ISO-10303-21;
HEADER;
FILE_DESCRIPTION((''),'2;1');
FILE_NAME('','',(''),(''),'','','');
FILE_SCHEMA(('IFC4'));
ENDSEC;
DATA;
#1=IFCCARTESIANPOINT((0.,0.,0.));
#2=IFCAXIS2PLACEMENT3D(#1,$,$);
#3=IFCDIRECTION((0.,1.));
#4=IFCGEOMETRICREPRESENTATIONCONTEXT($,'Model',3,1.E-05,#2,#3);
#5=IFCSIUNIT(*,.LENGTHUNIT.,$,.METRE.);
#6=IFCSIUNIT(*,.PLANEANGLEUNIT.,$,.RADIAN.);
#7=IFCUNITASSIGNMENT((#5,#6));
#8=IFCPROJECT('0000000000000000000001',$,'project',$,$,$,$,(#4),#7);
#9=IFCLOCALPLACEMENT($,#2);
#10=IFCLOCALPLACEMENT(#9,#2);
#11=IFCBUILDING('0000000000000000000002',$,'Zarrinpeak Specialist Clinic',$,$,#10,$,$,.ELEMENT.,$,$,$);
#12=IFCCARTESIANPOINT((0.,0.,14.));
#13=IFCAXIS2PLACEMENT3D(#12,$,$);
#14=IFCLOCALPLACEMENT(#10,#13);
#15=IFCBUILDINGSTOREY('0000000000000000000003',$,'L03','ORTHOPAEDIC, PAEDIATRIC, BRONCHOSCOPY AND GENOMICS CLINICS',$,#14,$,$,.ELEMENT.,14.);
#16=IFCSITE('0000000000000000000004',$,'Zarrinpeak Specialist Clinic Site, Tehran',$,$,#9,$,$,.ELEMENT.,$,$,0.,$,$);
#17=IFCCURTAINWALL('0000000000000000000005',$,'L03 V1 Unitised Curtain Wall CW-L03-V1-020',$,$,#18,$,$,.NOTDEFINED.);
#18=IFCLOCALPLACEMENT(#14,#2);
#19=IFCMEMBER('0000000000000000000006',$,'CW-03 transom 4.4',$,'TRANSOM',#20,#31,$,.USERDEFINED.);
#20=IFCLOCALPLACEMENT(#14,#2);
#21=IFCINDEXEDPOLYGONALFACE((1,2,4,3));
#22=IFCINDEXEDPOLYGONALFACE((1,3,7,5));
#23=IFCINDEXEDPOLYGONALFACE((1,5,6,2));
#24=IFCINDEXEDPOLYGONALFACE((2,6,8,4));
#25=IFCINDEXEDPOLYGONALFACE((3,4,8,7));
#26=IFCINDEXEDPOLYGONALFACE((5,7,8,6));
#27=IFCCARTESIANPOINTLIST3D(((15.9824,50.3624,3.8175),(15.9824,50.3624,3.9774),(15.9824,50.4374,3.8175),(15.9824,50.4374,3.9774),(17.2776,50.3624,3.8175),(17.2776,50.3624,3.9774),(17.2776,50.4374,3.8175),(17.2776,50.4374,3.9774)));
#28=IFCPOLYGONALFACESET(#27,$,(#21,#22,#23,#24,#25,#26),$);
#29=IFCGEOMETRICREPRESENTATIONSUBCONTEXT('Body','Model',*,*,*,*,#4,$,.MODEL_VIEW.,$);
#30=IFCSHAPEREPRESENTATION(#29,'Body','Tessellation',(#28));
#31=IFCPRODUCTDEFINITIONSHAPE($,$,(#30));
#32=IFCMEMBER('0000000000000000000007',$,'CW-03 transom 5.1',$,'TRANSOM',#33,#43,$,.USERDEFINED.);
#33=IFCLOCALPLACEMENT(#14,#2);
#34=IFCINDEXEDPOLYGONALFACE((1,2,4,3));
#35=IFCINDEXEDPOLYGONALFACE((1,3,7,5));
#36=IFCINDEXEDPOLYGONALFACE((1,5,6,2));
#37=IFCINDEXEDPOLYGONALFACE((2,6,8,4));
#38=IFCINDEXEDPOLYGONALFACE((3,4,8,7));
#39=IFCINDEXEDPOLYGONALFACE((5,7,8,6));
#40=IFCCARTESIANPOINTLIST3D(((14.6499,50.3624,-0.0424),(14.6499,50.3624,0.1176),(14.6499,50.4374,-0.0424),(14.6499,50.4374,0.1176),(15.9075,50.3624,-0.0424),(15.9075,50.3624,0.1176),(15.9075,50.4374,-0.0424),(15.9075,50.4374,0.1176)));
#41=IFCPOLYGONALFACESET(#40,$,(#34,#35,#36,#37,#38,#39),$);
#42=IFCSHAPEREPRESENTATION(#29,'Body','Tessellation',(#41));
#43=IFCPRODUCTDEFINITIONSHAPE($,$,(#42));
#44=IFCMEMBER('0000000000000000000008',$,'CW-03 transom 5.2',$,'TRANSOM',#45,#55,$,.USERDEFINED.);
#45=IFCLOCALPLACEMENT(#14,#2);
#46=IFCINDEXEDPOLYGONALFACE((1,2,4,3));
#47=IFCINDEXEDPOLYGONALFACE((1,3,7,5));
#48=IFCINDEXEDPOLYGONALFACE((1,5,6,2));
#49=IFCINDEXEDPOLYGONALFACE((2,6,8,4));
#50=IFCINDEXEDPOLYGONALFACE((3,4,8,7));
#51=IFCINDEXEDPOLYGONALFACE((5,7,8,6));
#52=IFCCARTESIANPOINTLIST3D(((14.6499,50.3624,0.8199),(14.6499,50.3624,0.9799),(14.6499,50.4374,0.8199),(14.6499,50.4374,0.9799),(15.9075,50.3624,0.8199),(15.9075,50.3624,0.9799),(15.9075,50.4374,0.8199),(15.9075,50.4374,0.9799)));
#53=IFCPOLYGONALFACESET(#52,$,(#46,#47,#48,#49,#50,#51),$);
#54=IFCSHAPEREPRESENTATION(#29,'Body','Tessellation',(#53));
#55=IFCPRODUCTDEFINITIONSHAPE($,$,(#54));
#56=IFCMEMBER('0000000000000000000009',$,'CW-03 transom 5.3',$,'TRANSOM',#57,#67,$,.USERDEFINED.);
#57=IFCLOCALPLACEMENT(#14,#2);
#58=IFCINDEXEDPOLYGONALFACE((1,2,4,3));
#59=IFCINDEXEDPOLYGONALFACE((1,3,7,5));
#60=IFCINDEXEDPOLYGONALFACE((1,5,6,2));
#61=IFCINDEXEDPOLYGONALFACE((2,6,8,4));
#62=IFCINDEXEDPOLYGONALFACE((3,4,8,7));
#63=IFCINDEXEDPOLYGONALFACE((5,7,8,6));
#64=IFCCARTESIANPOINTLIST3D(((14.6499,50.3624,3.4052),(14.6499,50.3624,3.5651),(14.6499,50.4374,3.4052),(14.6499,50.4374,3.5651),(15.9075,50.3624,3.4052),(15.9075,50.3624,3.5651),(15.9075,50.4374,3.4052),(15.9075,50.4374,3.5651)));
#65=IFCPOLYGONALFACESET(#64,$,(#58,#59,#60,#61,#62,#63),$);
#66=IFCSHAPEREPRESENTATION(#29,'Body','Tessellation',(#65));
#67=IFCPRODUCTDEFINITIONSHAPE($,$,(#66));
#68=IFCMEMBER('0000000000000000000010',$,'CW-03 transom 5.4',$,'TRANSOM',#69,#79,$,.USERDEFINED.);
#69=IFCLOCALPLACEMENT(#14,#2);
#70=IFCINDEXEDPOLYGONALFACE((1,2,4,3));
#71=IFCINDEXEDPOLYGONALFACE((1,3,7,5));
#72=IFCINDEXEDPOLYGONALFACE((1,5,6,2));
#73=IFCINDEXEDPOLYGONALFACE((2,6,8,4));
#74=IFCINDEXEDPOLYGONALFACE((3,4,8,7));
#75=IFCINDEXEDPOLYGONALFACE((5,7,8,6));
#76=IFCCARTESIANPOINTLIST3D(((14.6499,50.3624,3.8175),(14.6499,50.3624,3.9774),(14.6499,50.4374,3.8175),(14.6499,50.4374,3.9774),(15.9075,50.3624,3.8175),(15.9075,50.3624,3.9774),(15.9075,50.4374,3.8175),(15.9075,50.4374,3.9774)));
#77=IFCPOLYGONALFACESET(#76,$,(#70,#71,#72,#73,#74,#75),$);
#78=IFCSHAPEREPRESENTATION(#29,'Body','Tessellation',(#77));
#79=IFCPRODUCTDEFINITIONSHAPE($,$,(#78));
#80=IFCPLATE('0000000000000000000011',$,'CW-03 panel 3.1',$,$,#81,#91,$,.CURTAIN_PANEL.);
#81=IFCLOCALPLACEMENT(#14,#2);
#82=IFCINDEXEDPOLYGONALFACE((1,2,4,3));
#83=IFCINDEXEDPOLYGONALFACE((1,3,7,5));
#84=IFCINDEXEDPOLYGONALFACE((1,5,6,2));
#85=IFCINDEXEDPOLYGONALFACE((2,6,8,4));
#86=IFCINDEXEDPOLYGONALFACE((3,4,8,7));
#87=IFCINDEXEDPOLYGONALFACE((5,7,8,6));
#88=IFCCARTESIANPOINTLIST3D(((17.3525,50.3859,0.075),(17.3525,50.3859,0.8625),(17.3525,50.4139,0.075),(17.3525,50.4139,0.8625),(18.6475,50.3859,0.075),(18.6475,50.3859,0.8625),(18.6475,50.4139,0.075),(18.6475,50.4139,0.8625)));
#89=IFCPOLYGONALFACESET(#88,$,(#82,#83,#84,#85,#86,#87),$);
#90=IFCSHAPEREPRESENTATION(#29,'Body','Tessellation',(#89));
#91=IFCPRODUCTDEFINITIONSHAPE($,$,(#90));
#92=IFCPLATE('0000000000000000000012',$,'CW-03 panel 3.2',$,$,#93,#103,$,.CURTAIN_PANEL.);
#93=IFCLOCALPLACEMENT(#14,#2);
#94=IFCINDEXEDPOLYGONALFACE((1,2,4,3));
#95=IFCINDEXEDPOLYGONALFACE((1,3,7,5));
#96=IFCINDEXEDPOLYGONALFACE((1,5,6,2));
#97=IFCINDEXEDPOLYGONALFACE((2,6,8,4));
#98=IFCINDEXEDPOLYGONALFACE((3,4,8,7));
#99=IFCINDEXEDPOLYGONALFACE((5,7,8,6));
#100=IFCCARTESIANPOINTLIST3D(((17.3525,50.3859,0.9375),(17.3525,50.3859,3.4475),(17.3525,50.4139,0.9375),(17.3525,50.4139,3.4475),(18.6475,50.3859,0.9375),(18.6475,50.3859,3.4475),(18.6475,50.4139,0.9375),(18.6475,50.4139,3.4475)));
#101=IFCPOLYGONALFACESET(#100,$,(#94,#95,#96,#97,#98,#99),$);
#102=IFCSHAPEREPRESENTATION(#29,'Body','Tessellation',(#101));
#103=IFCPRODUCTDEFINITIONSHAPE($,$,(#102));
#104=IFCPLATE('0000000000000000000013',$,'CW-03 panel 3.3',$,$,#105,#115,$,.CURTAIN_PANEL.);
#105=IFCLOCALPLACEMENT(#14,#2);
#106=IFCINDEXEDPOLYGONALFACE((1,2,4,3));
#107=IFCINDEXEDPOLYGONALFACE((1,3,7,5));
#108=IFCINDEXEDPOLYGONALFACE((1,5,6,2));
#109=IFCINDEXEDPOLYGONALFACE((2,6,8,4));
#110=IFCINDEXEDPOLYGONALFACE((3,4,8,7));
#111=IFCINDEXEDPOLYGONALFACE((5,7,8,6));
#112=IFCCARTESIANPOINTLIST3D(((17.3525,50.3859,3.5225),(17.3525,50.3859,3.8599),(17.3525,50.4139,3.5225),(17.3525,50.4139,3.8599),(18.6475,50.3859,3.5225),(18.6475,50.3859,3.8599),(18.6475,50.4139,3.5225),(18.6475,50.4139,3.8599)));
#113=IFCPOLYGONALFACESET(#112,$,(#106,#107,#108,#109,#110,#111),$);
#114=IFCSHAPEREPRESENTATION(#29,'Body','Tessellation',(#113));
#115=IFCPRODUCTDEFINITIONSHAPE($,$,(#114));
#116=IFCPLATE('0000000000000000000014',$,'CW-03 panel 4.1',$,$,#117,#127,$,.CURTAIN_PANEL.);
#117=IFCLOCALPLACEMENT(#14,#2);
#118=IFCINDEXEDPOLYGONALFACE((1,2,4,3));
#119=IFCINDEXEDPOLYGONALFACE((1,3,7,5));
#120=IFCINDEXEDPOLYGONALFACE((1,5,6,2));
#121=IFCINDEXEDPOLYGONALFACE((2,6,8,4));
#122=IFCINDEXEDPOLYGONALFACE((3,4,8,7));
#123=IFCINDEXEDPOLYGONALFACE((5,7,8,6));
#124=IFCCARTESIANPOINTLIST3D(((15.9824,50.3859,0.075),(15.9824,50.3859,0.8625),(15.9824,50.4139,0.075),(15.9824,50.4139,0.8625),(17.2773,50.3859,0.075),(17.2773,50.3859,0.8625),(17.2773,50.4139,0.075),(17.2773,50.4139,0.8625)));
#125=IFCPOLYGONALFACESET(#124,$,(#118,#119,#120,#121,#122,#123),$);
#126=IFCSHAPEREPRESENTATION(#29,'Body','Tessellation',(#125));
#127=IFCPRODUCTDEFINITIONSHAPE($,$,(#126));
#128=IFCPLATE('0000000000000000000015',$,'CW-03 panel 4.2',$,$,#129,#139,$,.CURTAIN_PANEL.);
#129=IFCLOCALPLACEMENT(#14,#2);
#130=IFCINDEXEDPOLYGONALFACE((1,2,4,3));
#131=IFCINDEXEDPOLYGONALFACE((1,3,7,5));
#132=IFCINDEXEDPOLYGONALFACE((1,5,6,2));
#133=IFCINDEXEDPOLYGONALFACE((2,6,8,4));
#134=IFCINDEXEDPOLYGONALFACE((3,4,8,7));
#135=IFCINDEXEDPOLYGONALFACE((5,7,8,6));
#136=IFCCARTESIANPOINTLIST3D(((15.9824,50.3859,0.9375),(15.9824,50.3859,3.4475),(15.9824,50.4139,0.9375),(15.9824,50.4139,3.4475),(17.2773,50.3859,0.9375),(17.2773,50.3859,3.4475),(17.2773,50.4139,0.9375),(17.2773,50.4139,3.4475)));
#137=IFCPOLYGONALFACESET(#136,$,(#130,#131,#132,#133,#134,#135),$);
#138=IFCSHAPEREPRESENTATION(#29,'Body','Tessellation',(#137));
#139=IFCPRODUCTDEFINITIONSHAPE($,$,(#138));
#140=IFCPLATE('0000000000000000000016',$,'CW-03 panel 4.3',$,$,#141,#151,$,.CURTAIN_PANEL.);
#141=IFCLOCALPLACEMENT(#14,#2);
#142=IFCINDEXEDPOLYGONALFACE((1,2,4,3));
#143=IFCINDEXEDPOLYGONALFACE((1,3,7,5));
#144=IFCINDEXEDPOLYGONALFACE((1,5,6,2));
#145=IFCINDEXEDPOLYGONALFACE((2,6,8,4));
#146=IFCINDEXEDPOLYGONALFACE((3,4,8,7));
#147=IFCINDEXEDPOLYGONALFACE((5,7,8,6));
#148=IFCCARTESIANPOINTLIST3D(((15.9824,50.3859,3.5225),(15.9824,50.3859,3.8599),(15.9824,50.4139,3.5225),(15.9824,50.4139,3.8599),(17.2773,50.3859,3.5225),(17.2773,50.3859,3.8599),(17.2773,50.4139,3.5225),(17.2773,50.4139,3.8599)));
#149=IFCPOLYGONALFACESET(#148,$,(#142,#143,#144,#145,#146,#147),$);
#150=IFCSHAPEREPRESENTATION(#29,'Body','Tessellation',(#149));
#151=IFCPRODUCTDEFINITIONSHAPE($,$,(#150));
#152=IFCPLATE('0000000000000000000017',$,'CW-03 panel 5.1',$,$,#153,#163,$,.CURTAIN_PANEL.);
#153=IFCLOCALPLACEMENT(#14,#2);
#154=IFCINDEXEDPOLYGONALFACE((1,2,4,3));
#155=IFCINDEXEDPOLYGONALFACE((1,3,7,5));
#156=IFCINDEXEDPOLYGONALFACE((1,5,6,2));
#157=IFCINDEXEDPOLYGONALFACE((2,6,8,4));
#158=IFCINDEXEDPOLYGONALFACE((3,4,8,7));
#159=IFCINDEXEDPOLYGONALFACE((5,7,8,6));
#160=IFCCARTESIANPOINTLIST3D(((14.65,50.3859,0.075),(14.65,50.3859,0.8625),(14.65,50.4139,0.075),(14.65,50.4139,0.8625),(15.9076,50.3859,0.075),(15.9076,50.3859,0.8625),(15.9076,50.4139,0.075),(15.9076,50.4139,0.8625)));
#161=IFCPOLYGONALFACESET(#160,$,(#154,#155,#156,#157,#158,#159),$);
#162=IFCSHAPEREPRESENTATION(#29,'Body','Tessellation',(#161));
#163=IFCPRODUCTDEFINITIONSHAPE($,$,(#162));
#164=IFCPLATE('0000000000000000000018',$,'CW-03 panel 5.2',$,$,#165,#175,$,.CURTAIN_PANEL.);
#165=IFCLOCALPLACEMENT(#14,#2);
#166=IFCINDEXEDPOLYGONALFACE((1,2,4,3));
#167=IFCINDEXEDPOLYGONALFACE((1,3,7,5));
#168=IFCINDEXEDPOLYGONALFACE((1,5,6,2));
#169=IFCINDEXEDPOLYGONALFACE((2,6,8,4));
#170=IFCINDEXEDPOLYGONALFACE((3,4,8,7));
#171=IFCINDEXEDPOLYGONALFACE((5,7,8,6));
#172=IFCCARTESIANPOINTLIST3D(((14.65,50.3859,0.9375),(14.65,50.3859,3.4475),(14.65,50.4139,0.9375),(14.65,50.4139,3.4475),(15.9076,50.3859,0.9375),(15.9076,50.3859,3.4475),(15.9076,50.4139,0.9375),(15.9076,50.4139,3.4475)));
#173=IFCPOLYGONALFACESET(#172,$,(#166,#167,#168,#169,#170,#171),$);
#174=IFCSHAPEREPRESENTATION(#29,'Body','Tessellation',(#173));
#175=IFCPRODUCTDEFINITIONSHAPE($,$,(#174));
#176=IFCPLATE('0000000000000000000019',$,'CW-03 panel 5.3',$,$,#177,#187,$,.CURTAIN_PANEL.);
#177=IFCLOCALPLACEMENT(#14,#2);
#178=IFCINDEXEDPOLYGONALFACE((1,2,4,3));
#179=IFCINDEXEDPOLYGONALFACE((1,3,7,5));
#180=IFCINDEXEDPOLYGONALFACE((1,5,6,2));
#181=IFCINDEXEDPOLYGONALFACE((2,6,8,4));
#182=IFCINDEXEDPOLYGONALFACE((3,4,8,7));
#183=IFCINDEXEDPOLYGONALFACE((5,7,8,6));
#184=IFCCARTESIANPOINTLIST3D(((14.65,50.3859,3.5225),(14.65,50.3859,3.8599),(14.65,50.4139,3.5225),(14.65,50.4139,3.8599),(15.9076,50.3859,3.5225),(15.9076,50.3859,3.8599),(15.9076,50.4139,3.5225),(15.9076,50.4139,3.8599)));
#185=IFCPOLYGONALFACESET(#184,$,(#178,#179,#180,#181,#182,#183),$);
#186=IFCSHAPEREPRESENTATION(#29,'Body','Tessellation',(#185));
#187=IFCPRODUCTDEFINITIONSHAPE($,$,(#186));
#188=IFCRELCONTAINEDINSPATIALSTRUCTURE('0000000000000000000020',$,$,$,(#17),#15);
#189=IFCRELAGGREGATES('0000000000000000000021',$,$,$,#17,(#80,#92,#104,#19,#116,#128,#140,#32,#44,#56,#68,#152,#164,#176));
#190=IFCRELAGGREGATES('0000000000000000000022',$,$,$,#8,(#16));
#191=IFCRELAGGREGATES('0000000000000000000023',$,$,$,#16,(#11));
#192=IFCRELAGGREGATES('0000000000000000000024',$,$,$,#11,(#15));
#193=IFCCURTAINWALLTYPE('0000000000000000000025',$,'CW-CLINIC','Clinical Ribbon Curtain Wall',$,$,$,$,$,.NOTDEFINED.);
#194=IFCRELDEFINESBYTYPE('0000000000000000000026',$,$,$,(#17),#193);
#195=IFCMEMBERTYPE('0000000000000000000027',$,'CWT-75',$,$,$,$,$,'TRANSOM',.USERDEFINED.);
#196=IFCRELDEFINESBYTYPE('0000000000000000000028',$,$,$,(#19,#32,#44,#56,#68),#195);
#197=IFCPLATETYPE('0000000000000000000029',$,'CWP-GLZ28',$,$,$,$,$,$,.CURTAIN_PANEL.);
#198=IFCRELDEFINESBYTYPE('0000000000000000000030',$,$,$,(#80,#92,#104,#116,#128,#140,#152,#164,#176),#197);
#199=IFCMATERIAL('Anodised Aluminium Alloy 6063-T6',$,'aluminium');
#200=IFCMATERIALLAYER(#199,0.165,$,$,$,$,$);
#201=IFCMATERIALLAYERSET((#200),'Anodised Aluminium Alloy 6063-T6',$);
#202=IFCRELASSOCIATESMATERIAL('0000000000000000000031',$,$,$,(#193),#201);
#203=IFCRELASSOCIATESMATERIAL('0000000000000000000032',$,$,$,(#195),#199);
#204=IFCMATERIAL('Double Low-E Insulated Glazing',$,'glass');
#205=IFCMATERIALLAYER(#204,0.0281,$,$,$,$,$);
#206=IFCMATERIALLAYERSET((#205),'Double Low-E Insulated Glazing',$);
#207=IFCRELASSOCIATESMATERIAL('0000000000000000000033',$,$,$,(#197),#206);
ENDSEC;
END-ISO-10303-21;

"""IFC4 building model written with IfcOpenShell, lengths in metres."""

from ifc_helpers import new_model, si_unit, direction, frame, origin, origin_2d, place, context, subcontext, project, spatial, rectangle, extrude, material, layer, layer_set, material_profile, profile_set, type_object, element, aggregate, save


model = new_model("IFC4")

# Units and contexts
model_context = context("Model", 3, precision=1e-05, world=origin(), true_north=direction((0.0, 1.0)))
body_context = subcontext(model_context, "Body", "Model", "MODEL_VIEW")
ifc_project = project(units=[si_unit("LENGTHUNIT", "METRE"), si_unit("PLANEANGLEUNIT", "RADIAN")], contexts=[model_context])

# Site, building, storey
site_placement = place(None, origin())
site = spatial("IfcSite", under=ifc_project, at=site_placement, Name="Zarrinpeak Specialist Clinic Site, Tehran", CompositionType="ELEMENT", RefElevation=0.0)
building_placement = place(site_placement, origin())
building = spatial("IfcBuilding", under=site, at=building_placement, Name="Zarrinpeak Specialist Clinic", CompositionType="ELEMENT")
storey_placement = place(building_placement, frame((0.0, 0.0, 14.0)))
storey = spatial("IfcBuildingStorey", under=building, at=storey_placement, Name="L03", Description="ORTHOPAEDIC, PAEDIATRIC, BRONCHOSCOPY AND GENOMICS CLINICS", CompositionType="ELEMENT", Elevation=14.0)

# Shared definitions
ifc_material_1 = material(Name="Anodised Aluminium Alloy 6063-T6", Category="aluminium")
ifc_layer_1 = layer(ifc_material_1, 0.165)
ifc_layer_set_1 = layer_set([ifc_layer_1], Name="Anodised Aluminium Alloy 6063-T6")
curtain_wall_type = type_object("IfcCurtainWallType", Name="CW-CLINIC", Description="Clinical Ribbon Curtain Wall", PredefinedType="NOTDEFINED", material=ifc_layer_set_1)

# Curtain wall, members, plates
curtain_wall_1_placement = place(storey_placement, origin())
curtain_wall_1 = element("IfcCurtainWall", 1, at=curtain_wall_1_placement, inside=storey, type_object=curtain_wall_type, Name="L03 V1 Unitised Curtain Wall CW-L03-V1-020", PredefinedType="NOTDEFINED")
ifc_material_profile_1 = material_profile(ifc_material_1, rectangle(XDim=0.075, YDim=0.1599, at=origin_2d()), Name="ALU 75x160")
ifc_profile_set_1 = profile_set([ifc_material_profile_1], Name="Anodised Aluminium Alloy 6063-T6")
member_type_1 = type_object("IfcMemberType", Name="CWT-75", ElementType="TRANSOM", PredefinedType="USERDEFINED", material=ifc_profile_set_1)
member_1_placement = place(storey_placement, frame((17.2776, 50.3999, 3.8975), z_axis=(-1.0, 0.0, 0.0), x_axis=(0.0, -1.0, 0.0)))
member_1 = element("IfcMember", 2, at=member_1_placement, type_object=member_type_1, Name="CW-03 transom 4.4", ObjectType="TRANSOM", PredefinedType="USERDEFINED", context=body_context, shape_type="SweptSolid", body=[
    extrude(rectangle(XDim=0.075, YDim=0.1599, at=origin_2d()), origin(), (0.0, 0.0, 1.0), 1.2952),
])
member_2_placement = place(storey_placement, frame((15.9075, 50.3999, 0.0376), z_axis=(-1.0, 0.0, 0.0), x_axis=(0.0, -1.0, 0.0)))
member_2 = element("IfcMember", 3, at=member_2_placement, type_object=member_type_1, Name="CW-03 transom 5.1", ObjectType="TRANSOM", PredefinedType="USERDEFINED", context=body_context, shape_type="SweptSolid", body=[
    extrude(rectangle(XDim=0.075, YDim=0.1599, at=origin_2d()), origin(), (0.0, 0.0, 1.0), 1.2576),
])
member_3_placement = place(storey_placement, frame((15.9075, 50.3999, 0.8999), z_axis=(-1.0, 0.0, 0.0), x_axis=(0.0, -1.0, 0.0)))
member_3 = element("IfcMember", 4, at=member_3_placement, type_object=member_type_1, Name="CW-03 transom 5.2", ObjectType="TRANSOM", PredefinedType="USERDEFINED", context=body_context, shape_type="SweptSolid", body=[
    extrude(rectangle(XDim=0.075, YDim=0.1599, at=origin_2d()), origin(), (0.0, 0.0, 1.0), 1.2576),
])
member_4_placement = place(storey_placement, frame((15.9075, 50.3999, 3.4851), z_axis=(-1.0, 0.0, 0.0), x_axis=(0.0, -1.0, 0.0)))
member_4 = element("IfcMember", 5, at=member_4_placement, type_object=member_type_1, Name="CW-03 transom 5.3", ObjectType="TRANSOM", PredefinedType="USERDEFINED", context=body_context, shape_type="SweptSolid", body=[
    extrude(rectangle(XDim=0.075, YDim=0.1599, at=origin_2d()), origin(), (0.0, 0.0, 1.0), 1.2576),
])
member_5_placement = place(storey_placement, frame((15.9075, 50.3999, 3.8975), z_axis=(-1.0, 0.0, 0.0), x_axis=(0.0, -1.0, 0.0)))
member_5 = element("IfcMember", 6, at=member_5_placement, type_object=member_type_1, Name="CW-03 transom 5.4", ObjectType="TRANSOM", PredefinedType="USERDEFINED", context=body_context, shape_type="SweptSolid", body=[
    extrude(rectangle(XDim=0.075, YDim=0.1599, at=origin_2d()), origin(), (0.0, 0.0, 1.0), 1.2576),
])
ifc_material_2 = material(Name="Double Low-E Insulated Glazing", Category="glass")
ifc_layer_2 = layer(ifc_material_2, 0.0281)
ifc_layer_set_2 = layer_set([ifc_layer_2], Name="Double Low-E Insulated Glazing")
plate_type = type_object("IfcPlateType", Name="CWP-GLZ28", PredefinedType="CURTAIN_PANEL", material=ifc_layer_set_2)
plate_1_placement = place(storey_placement, frame((18.0, 50.3999, 0.075), z_axis=(0.0, 0.0, 1.0), x_axis=(-1.0, 0.0, 0.0)))
plate_1 = element("IfcPlate", 7, at=plate_1_placement, type_object=plate_type, Name="CW-03 panel 3.1", PredefinedType="CURTAIN_PANEL", context=body_context, shape_type="SweptSolid", body=[
    extrude(rectangle(XDim=1.2949, YDim=0.0281, at=origin_2d()), origin(), (0.0, 0.0, 1.0), 0.7876),
])
plate_2_placement = place(storey_placement, frame((18.0, 50.3999, 0.9375), z_axis=(0.0, 0.0, 1.0), x_axis=(-1.0, 0.0, 0.0)))
plate_2 = element("IfcPlate", 8, at=plate_2_placement, type_object=plate_type, Name="CW-03 panel 3.2", PredefinedType="CURTAIN_PANEL", context=body_context, shape_type="SweptSolid", body=[
    extrude(rectangle(XDim=1.2949, YDim=0.0281, at=origin_2d()), origin(), (0.0, 0.0, 1.0), 2.51),
])
plate_3_placement = place(storey_placement, frame((18.0, 50.3999, 3.5225), z_axis=(0.0, 0.0, 1.0), x_axis=(-1.0, 0.0, 0.0)))
plate_3 = element("IfcPlate", 9, at=plate_3_placement, type_object=plate_type, Name="CW-03 panel 3.3", PredefinedType="CURTAIN_PANEL", context=body_context, shape_type="SweptSolid", body=[
    extrude(rectangle(XDim=1.2949, YDim=0.0281, at=origin_2d()), origin(), (0.0, 0.0, 1.0), 0.3374),
])
plate_4_placement = place(storey_placement, frame((16.6299, 50.3999, 0.075), z_axis=(0.0, 0.0, 1.0), x_axis=(-1.0, 0.0, 0.0)))
plate_4 = element("IfcPlate", 10, at=plate_4_placement, type_object=plate_type, Name="CW-03 panel 4.1", PredefinedType="CURTAIN_PANEL", context=body_context, shape_type="SweptSolid", body=[
    extrude(rectangle(XDim=1.2949, YDim=0.0281, at=origin_2d()), origin(), (0.0, 0.0, 1.0), 0.7876),
])
plate_5_placement = place(storey_placement, frame((16.6299, 50.3999, 0.9375), z_axis=(0.0, 0.0, 1.0), x_axis=(-1.0, 0.0, 0.0)))
plate_5 = element("IfcPlate", 11, at=plate_5_placement, type_object=plate_type, Name="CW-03 panel 4.2", PredefinedType="CURTAIN_PANEL", context=body_context, shape_type="SweptSolid", body=[
    extrude(rectangle(XDim=1.2949, YDim=0.0281, at=origin_2d()), origin(), (0.0, 0.0, 1.0), 2.51),
])
plate_6_placement = place(storey_placement, frame((16.6299, 50.3999, 3.5225), z_axis=(0.0, 0.0, 1.0), x_axis=(-1.0, 0.0, 0.0)))
plate_6 = element("IfcPlate", 12, at=plate_6_placement, type_object=plate_type, Name="CW-03 panel 4.3", PredefinedType="CURTAIN_PANEL", context=body_context, shape_type="SweptSolid", body=[
    extrude(rectangle(XDim=1.2949, YDim=0.0281, at=origin_2d()), origin(), (0.0, 0.0, 1.0), 0.3374),
])
plate_7_placement = place(storey_placement, frame((15.2788, 50.3999, 0.075), z_axis=(0.0, 0.0, 1.0), x_axis=(-1.0, 0.0, 0.0)))
plate_7 = element("IfcPlate", 13, at=plate_7_placement, type_object=plate_type, Name="CW-03 panel 5.1", PredefinedType="CURTAIN_PANEL", context=body_context, shape_type="SweptSolid", body=[
    extrude(rectangle(XDim=1.2576, YDim=0.0281, at=origin_2d()), origin(), (0.0, 0.0, 1.0), 0.7876),
])
plate_8_placement = place(storey_placement, frame((15.2788, 50.3999, 0.9375), z_axis=(0.0, 0.0, 1.0), x_axis=(-1.0, 0.0, 0.0)))
plate_8 = element("IfcPlate", 14, at=plate_8_placement, type_object=plate_type, Name="CW-03 panel 5.2", PredefinedType="CURTAIN_PANEL", context=body_context, shape_type="SweptSolid", body=[
    extrude(rectangle(XDim=1.2576, YDim=0.0281, at=origin_2d()), origin(), (0.0, 0.0, 1.0), 2.51),
])
plate_9_placement = place(storey_placement, frame((15.2788, 50.3999, 3.5225), z_axis=(0.0, 0.0, 1.0), x_axis=(-1.0, 0.0, 0.0)))
plate_9 = element("IfcPlate", 15, at=plate_9_placement, type_object=plate_type, Name="CW-03 panel 5.3", PredefinedType="CURTAIN_PANEL", context=body_context, shape_type="SweptSolid", body=[
    extrude(rectangle(XDim=1.2576, YDim=0.0281, at=origin_2d()), origin(), (0.0, 0.0, 1.0), 0.3374),
])
aggregate(curtain_wall_1, [plate_1, plate_2, plate_3, member_1, plate_4, plate_5, plate_6, member_2, member_3, member_4, member_5, plate_7, plate_8, plate_9])

save(model, "model.ifc")
